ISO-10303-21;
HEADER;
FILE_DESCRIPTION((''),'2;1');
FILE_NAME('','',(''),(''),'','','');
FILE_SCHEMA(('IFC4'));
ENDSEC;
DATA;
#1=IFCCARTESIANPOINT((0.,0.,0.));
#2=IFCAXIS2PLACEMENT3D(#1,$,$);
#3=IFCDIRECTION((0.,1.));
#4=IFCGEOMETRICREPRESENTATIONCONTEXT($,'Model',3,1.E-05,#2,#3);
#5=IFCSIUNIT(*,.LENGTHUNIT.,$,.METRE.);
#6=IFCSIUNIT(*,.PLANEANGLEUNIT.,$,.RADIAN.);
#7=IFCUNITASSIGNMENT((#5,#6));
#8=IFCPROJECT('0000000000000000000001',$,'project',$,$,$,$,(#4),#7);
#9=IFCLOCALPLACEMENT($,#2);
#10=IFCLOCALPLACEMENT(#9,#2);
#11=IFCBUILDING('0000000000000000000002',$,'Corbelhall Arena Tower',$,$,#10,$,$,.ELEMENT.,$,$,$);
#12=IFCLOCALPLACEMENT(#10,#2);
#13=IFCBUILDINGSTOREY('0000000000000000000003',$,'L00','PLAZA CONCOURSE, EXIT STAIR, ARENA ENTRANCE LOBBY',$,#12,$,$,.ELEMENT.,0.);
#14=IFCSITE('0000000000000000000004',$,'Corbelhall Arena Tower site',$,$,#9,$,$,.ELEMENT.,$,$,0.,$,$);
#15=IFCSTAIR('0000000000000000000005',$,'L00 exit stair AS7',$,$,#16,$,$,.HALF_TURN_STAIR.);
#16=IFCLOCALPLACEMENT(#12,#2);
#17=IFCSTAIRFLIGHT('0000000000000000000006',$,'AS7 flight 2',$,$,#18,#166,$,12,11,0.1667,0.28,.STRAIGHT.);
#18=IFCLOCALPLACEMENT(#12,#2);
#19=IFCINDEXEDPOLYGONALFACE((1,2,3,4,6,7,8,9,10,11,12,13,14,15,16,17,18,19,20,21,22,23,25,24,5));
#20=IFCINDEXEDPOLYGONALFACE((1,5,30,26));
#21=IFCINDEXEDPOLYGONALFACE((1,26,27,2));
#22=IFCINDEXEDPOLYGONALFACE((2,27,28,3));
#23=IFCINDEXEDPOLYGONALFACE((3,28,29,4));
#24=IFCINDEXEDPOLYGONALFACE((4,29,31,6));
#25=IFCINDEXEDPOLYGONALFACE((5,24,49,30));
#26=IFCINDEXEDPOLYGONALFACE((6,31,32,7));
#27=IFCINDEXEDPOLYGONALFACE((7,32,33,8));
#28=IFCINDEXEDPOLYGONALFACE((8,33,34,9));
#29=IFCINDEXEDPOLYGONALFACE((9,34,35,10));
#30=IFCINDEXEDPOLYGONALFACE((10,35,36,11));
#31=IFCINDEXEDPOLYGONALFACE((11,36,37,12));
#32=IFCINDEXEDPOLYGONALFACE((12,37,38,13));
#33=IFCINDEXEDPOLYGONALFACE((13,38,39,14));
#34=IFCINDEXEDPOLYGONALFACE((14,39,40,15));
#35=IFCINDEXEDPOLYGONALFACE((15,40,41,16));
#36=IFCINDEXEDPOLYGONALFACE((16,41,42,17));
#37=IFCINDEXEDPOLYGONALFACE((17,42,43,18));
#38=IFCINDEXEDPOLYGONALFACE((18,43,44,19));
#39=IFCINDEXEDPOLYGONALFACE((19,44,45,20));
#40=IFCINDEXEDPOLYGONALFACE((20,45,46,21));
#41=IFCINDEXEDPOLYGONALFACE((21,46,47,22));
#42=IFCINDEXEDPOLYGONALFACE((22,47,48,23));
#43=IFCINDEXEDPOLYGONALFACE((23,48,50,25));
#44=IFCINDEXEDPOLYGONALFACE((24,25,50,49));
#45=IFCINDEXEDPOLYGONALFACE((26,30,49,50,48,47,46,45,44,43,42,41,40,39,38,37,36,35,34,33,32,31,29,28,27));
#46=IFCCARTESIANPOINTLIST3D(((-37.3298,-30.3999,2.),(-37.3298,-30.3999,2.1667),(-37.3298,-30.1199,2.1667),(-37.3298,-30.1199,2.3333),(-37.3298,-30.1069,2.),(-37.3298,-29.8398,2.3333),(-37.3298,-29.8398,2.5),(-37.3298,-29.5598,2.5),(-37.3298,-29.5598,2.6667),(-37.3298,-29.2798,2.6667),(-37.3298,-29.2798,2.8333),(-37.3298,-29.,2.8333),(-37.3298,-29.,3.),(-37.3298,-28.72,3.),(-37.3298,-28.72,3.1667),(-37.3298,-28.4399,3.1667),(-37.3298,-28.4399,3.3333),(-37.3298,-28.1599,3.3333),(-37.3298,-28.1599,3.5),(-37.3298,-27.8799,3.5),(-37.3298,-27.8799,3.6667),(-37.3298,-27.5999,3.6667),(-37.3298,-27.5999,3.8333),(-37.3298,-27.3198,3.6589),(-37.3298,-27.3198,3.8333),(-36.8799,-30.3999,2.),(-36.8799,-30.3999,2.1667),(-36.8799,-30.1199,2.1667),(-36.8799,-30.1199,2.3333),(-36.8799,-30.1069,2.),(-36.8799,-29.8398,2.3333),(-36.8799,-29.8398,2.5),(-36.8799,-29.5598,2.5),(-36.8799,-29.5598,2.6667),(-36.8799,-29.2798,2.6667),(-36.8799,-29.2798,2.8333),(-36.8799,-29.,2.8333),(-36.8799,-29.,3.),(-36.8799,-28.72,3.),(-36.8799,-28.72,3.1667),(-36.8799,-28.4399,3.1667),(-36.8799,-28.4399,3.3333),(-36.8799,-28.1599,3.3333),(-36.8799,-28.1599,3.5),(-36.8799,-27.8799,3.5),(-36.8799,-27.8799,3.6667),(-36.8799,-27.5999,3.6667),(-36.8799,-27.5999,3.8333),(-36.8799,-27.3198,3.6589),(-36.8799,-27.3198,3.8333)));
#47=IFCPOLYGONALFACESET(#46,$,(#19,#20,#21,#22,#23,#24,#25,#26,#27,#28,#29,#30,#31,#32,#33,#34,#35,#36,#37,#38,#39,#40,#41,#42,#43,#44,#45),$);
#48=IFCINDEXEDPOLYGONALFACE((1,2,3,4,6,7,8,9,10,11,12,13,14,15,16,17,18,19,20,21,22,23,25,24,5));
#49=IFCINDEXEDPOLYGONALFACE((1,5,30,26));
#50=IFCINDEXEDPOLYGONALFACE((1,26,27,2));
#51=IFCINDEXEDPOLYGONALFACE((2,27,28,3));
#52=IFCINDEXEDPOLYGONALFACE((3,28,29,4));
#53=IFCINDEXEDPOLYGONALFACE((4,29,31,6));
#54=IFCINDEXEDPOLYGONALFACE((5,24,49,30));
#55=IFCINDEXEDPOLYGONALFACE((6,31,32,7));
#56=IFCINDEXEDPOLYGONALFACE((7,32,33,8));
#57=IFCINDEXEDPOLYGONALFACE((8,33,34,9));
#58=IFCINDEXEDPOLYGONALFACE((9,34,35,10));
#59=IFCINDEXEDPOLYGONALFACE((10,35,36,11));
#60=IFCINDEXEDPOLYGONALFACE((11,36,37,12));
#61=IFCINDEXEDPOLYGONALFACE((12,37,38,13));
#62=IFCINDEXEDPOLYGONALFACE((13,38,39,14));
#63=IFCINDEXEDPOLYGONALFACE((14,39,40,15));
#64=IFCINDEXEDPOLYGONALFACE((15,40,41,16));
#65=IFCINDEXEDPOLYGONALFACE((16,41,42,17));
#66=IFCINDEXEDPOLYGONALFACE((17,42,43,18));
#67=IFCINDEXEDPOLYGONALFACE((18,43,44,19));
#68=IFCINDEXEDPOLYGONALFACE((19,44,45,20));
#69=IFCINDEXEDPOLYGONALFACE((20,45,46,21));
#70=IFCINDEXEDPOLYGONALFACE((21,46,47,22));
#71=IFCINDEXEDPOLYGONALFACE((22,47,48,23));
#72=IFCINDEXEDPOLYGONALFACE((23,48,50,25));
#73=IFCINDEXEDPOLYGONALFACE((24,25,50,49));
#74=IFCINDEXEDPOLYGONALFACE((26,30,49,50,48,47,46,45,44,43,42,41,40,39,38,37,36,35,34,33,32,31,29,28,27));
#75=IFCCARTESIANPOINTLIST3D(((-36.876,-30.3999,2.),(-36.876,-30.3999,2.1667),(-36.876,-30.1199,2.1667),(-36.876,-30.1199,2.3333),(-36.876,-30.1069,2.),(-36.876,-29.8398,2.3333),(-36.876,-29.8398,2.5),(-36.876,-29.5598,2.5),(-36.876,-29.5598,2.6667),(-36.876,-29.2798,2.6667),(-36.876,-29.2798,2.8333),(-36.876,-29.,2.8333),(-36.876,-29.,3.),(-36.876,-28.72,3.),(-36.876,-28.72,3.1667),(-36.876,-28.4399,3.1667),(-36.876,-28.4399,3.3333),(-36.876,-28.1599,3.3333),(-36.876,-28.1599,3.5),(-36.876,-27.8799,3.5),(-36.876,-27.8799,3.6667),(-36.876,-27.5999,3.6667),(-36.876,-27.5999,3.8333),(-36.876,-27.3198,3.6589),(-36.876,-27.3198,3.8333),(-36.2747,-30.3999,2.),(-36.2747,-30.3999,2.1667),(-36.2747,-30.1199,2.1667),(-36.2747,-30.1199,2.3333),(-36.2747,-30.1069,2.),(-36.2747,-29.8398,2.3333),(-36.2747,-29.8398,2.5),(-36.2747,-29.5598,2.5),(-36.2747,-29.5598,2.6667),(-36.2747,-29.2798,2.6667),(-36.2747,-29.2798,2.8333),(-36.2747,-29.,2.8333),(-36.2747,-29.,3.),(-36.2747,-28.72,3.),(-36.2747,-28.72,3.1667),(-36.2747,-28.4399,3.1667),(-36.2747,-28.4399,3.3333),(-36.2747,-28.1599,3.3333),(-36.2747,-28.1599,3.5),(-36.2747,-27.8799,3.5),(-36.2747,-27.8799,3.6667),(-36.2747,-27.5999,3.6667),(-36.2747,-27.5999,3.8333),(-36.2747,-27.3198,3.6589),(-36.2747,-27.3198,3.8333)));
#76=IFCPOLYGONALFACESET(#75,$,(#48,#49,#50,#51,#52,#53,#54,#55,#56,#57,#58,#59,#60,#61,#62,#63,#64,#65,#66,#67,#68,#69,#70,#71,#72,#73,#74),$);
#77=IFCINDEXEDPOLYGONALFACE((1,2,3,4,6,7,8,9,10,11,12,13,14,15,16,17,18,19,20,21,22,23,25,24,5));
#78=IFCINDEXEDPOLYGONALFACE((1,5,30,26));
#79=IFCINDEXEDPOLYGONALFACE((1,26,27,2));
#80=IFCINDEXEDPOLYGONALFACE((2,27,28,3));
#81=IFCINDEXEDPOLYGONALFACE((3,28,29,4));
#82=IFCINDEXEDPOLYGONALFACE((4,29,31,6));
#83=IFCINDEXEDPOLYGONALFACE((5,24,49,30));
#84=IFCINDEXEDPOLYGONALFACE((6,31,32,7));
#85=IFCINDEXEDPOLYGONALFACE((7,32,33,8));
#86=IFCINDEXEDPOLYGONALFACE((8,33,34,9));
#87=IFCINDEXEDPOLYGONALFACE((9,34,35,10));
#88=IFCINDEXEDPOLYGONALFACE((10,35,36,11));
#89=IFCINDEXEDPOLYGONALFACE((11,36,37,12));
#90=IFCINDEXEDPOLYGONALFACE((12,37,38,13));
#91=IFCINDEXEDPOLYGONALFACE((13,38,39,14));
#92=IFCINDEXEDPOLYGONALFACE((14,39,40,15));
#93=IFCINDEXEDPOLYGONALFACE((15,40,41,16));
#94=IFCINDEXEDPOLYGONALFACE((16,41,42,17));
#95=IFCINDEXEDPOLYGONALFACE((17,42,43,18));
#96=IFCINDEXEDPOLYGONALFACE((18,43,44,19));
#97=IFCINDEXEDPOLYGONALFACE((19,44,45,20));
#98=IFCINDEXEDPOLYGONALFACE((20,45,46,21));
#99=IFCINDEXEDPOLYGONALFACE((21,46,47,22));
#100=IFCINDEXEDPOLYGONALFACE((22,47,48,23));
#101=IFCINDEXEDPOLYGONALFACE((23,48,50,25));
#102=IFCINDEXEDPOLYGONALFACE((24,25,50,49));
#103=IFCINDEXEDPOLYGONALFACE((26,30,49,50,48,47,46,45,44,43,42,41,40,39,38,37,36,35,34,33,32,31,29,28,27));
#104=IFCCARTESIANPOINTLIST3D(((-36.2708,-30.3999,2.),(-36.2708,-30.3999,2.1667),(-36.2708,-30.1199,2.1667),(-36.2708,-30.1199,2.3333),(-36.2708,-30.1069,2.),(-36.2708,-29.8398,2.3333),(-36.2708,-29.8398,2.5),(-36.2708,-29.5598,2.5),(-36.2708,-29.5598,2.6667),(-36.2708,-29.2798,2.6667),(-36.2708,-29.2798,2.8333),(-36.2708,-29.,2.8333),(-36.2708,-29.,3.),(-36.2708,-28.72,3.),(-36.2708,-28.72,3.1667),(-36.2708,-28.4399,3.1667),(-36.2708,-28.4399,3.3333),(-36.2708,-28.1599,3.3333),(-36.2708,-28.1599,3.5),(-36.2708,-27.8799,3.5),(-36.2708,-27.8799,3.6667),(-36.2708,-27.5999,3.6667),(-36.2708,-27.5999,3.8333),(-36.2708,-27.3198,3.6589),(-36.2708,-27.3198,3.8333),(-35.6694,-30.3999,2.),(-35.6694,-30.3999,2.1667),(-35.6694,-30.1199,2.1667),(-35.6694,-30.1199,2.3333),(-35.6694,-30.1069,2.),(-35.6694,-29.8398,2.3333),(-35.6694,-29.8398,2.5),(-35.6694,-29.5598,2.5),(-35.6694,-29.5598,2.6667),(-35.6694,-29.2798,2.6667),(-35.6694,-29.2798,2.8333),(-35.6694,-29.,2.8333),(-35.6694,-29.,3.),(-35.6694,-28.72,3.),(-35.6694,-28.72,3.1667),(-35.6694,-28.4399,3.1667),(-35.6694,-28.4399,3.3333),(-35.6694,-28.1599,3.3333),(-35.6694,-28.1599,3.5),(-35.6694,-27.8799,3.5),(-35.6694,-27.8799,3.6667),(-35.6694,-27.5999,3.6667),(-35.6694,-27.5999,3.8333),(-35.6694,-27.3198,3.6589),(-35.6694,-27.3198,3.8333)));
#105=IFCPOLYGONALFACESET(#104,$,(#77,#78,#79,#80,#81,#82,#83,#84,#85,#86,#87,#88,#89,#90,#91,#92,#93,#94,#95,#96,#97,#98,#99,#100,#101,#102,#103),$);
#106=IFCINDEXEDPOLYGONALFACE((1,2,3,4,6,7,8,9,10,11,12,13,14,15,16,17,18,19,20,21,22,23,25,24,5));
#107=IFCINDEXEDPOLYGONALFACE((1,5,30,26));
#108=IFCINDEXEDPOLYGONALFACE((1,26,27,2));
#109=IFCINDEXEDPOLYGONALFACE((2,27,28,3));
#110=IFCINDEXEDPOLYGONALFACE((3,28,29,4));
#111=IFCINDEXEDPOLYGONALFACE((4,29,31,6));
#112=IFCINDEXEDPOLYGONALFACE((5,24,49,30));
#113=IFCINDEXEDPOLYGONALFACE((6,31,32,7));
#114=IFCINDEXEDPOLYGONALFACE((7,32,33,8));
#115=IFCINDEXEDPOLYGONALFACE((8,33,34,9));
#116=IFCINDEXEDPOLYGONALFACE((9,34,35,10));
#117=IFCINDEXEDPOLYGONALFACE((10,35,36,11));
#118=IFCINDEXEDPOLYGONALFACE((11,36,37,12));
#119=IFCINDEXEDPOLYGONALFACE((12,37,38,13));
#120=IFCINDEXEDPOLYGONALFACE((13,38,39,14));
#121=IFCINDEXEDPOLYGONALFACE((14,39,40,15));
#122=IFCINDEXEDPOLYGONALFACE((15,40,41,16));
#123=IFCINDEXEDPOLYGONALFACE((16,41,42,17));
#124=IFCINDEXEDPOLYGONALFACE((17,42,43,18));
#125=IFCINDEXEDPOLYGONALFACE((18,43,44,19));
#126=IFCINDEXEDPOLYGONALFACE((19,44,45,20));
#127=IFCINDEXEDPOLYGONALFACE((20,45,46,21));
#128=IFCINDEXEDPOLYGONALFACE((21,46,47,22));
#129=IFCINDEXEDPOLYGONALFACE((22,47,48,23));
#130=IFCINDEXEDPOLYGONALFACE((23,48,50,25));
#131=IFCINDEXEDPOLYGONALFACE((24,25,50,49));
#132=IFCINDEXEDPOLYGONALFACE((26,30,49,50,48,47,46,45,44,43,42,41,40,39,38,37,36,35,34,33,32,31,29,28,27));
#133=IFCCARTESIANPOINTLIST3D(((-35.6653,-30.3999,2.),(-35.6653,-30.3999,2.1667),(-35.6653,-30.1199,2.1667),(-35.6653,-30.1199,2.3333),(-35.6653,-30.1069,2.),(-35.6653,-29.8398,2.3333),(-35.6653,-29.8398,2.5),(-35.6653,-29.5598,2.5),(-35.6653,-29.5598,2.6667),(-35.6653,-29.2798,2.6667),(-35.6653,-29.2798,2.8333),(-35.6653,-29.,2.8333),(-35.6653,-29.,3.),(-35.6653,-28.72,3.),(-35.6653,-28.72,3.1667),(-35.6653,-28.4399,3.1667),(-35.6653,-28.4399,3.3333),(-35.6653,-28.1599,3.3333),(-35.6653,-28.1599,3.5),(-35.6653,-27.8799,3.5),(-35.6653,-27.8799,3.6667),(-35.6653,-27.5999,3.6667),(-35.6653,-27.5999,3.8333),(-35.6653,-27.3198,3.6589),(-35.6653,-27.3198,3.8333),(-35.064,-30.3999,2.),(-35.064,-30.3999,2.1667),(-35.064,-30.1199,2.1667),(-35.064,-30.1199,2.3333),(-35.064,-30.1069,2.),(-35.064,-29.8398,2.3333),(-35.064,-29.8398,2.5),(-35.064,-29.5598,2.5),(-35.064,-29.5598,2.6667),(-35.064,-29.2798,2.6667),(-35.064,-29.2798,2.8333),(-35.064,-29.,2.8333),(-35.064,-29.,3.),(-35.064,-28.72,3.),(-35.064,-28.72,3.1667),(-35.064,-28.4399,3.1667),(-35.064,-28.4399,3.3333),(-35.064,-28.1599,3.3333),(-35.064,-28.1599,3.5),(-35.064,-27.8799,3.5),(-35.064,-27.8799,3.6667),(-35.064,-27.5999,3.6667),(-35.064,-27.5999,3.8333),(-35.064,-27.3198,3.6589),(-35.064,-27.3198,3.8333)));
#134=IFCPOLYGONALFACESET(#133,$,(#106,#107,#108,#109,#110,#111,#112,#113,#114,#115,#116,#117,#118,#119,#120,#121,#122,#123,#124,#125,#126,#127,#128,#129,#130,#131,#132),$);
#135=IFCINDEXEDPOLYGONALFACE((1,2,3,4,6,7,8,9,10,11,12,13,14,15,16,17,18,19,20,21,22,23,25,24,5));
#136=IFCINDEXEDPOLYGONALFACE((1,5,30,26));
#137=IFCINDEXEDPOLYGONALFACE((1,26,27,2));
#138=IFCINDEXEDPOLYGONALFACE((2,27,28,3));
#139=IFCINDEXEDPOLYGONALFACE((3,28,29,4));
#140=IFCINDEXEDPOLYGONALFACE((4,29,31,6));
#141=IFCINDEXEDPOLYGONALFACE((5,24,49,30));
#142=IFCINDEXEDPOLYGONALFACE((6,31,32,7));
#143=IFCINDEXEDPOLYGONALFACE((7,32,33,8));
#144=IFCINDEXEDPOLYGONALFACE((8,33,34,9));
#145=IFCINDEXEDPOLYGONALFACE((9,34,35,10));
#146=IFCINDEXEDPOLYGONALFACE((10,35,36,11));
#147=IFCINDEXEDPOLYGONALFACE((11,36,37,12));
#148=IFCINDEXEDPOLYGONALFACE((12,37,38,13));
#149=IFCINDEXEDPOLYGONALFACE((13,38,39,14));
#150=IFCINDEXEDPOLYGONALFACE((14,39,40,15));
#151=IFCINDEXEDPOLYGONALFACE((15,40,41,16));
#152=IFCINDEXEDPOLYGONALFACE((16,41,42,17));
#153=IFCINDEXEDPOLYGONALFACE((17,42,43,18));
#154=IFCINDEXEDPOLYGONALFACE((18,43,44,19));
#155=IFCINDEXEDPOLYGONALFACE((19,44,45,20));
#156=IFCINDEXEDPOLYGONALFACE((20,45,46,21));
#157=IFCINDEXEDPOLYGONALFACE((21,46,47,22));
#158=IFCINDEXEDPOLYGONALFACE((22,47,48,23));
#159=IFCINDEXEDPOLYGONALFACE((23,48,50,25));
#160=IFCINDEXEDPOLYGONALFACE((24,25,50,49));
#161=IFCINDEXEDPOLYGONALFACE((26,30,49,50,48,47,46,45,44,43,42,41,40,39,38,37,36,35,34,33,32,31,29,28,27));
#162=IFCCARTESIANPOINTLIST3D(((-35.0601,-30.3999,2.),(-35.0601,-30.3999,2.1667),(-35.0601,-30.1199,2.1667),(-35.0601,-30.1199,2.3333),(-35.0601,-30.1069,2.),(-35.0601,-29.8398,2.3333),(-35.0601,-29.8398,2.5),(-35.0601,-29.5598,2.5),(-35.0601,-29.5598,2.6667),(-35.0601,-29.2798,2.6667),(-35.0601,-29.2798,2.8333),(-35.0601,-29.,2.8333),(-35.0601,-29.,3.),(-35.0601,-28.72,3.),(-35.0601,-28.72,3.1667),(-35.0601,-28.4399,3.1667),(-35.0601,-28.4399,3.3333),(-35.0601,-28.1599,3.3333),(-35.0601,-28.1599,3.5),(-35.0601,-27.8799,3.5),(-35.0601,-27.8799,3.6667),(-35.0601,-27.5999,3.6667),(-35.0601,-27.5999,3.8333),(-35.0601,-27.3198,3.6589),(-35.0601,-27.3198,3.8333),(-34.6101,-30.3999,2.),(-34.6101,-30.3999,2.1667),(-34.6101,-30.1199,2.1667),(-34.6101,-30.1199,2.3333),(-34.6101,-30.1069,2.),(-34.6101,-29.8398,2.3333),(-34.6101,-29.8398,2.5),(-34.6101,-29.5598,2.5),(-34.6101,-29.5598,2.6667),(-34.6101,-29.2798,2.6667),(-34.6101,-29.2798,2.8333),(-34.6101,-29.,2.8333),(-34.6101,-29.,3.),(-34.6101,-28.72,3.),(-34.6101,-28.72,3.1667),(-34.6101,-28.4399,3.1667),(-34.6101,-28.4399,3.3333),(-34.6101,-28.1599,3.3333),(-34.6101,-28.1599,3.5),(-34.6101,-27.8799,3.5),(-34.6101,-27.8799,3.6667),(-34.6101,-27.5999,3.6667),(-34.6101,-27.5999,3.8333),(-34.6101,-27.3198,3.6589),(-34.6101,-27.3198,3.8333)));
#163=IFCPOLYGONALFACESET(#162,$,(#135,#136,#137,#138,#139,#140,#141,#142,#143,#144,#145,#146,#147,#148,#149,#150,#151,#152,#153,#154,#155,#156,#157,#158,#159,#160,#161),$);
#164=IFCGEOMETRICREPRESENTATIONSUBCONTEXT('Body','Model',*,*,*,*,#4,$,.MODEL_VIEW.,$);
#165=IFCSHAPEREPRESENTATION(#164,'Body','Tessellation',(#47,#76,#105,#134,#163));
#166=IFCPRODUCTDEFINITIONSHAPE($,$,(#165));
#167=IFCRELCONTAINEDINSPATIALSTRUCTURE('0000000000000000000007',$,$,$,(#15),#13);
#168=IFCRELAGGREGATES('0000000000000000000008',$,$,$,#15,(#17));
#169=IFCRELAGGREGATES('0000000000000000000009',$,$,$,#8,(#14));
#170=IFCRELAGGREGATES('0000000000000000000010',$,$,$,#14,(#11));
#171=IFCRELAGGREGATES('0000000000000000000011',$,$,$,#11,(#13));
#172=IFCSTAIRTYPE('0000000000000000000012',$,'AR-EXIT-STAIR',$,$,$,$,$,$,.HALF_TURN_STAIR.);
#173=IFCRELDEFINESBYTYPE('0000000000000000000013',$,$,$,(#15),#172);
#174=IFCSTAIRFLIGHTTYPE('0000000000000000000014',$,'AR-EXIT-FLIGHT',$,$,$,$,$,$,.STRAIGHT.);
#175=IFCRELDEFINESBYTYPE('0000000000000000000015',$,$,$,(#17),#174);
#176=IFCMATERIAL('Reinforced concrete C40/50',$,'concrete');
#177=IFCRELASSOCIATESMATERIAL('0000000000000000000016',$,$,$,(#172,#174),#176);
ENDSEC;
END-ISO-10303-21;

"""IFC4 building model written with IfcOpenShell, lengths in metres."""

from ifc_helpers import new_model, si_unit, direction, frame, origin, place, context, subcontext, project, spatial, polyline, outline, extrude, material, type_object, element, aggregate, save


model = new_model("IFC4")

# Units and contexts
model_context = context("Model", 3, precision=1e-05, world=origin(), true_north=direction((0.0, 1.0)))
body_context = subcontext(model_context, "Body", "Model", "MODEL_VIEW")
ifc_project = project(units=[si_unit("LENGTHUNIT", "METRE"), si_unit("PLANEANGLEUNIT", "RADIAN")], contexts=[model_context])

# Site, building, storey
site_placement = place(None, origin())
site = spatial("IfcSite", under=ifc_project, at=site_placement, Name="Corbelhall Arena Tower site", CompositionType="ELEMENT", RefElevation=0.0)
building_placement = place(site_placement, origin())
building = spatial("IfcBuilding", under=site, at=building_placement, Name="Corbelhall Arena Tower", CompositionType="ELEMENT")
storey_placement = place(building_placement, origin())
storey = spatial("IfcBuildingStorey", under=building, at=storey_placement, Name="L00", Description="PLAZA CONCOURSE, EXIT STAIR, ARENA ENTRANCE LOBBY", CompositionType="ELEMENT", Elevation=0.0)

# Shared definitions
ifc_material_1 = material(Name="Reinforced concrete C40/50", Category="concrete")

# Stair, stair flight
stair_type = type_object("IfcStairType", Name="AR-EXIT-STAIR", PredefinedType="HALF_TURN_STAIR", material=ifc_material_1)
stair_1_placement = place(storey_placement, origin())
stair_1 = element("IfcStair", 1, at=stair_1_placement, inside=storey, type_object=stair_type, Name="L00 exit stair AS7", PredefinedType="HALF_TURN_STAIR")
stair_flight_type = type_object("IfcStairFlightType", Name="AR-EXIT-FLIGHT", PredefinedType="STRAIGHT", material=ifc_material_1)
stair_flight_1_placement = place(storey_placement, frame((-35.97, -30.3999, 2.0), z_axis=(0.0, 0.0, 1.0), x_axis=(0.0, 1.0, 0.0)))
stair_flight_1 = element("IfcStairFlight", 2, at=stair_flight_1_placement, type_object=stair_flight_type, Name="AS7 flight 2", NumberOfRisers=12, NumberOfTreads=11, PredefinedType="STRAIGHT", RiserHeight=0.1667, TreadLength=0.28, context=body_context, shape_type="SweptSolid", body=[
    extrude(outline(polyline([(0.0, 0.0), (0.0, 0.1667), (0.28, 0.1667), (0.28, 0.3333), (0.5601, 0.3333), (0.5601, 0.5), (0.8401, 0.5), (0.8401, 0.6667), (1.1201, 0.6667), (1.1201, 0.8333), (1.3999, 0.8333), (1.3999, 1.0), (1.6799, 1.0), (1.6799, 1.1667), (1.96, 1.1667), (1.96, 1.3333), (2.24, 1.3333), (2.24, 1.5), (2.52, 1.5), (2.52, 1.6667), (2.8, 1.6667), (2.8, 1.8333), (3.0801, 1.8333), (3.0801, 2.0), (3.0801, 1.6589), (0.293, 0.0), (0.0, 0.0)])), frame((0.0, 1.3599, 0.0), z_axis=(0.0, -1.0, 0.0), x_axis=(1.0, 0.0, 0.0)), (0.0, 0.0, 1.0), 0.45),
    extrude(outline(polyline([(0.0, 0.0), (0.0, 0.1667), (0.28, 0.1667), (0.28, 0.3333), (0.5601, 0.3333), (0.5601, 0.5), (0.8401, 0.5), (0.8401, 0.6667), (1.1201, 0.6667), (1.1201, 0.8333), (1.3999, 0.8333), (1.3999, 1.0), (1.6799, 1.0), (1.6799, 1.1667), (1.96, 1.1667), (1.96, 1.3333), (2.24, 1.3333), (2.24, 1.5), (2.52, 1.5), (2.52, 1.6667), (2.8, 1.6667), (2.8, 1.8333), (3.0801, 1.8333), (3.0801, 2.0), (3.0801, 1.6589), (0.293, 0.0), (0.0, 0.0)])), frame((0.0, 0.906, 0.0), z_axis=(0.0, -1.0, 0.0), x_axis=(1.0, 0.0, 0.0)), (0.0, 0.0, 1.0), 0.6013),
    extrude(outline(polyline([(0.0, 0.0), (0.0, 0.1667), (0.28, 0.1667), (0.28, 0.3333), (0.5601, 0.3333), (0.5601, 0.5), (0.8401, 0.5), (0.8401, 0.6667), (1.1201, 0.6667), (1.1201, 0.8333), (1.3999, 0.8333), (1.3999, 1.0), (1.6799, 1.0), (1.6799, 1.1667), (1.96, 1.1667), (1.96, 1.3333), (2.24, 1.3333), (2.24, 1.5), (2.52, 1.5), (2.52, 1.6667), (2.8, 1.6667), (2.8, 1.8333), (3.0801, 1.8333), (3.0801, 2.0), (3.0801, 1.6589), (0.293, 0.0), (0.0, 0.0)])), frame((0.0, 0.3008, 0.0), z_axis=(0.0, -1.0, 0.0), x_axis=(1.0, 0.0, 0.0)), (0.0, 0.0, 1.0), 0.6013),
    extrude(outline(polyline([(0.0, 0.0), (0.0, 0.1667), (0.28, 0.1667), (0.28, 0.3333), (0.5601, 0.3333), (0.5601, 0.5), (0.8401, 0.5), (0.8401, 0.6667), (1.1201, 0.6667), (1.1201, 0.8333), (1.3999, 0.8333), (1.3999, 1.0), (1.6799, 1.0), (1.6799, 1.1667), (1.96, 1.1667), (1.96, 1.3333), (2.24, 1.3333), (2.24, 1.5), (2.52, 1.5), (2.52, 1.6667), (2.8, 1.6667), (2.8, 1.8333), (3.0801, 1.8333), (3.0801, 2.0), (3.0801, 1.6589), (0.293, 0.0), (0.0, 0.0)])), frame((0.0, -0.3047, 0.0), z_axis=(0.0, -1.0, 0.0), x_axis=(1.0, 0.0, 0.0)), (0.0, 0.0, 1.0), 0.6013),
    extrude(outline(polyline([(0.0, 0.0), (0.0, 0.1667), (0.28, 0.1667), (0.28, 0.3333), (0.5601, 0.3333), (0.5601, 0.5), (0.8401, 0.5), (0.8401, 0.6667), (1.1201, 0.6667), (1.1201, 0.8333), (1.3999, 0.8333), (1.3999, 1.0), (1.6799, 1.0), (1.6799, 1.1667), (1.96, 1.1667), (1.96, 1.3333), (2.24, 1.3333), (2.24, 1.5), (2.52, 1.5), (2.52, 1.6667), (2.8, 1.6667), (2.8, 1.8333), (3.0801, 1.8333), (3.0801, 2.0), (3.0801, 1.6589), (0.293, 0.0), (0.0, 0.0)])), frame((0.0, -0.9099, 0.0), z_axis=(0.0, -1.0, 0.0), x_axis=(1.0, 0.0, 0.0)), (0.0, 0.0, 1.0), 0.45),
])
aggregate(stair_1, [stair_flight_1])

save(model, "model.ifc")
